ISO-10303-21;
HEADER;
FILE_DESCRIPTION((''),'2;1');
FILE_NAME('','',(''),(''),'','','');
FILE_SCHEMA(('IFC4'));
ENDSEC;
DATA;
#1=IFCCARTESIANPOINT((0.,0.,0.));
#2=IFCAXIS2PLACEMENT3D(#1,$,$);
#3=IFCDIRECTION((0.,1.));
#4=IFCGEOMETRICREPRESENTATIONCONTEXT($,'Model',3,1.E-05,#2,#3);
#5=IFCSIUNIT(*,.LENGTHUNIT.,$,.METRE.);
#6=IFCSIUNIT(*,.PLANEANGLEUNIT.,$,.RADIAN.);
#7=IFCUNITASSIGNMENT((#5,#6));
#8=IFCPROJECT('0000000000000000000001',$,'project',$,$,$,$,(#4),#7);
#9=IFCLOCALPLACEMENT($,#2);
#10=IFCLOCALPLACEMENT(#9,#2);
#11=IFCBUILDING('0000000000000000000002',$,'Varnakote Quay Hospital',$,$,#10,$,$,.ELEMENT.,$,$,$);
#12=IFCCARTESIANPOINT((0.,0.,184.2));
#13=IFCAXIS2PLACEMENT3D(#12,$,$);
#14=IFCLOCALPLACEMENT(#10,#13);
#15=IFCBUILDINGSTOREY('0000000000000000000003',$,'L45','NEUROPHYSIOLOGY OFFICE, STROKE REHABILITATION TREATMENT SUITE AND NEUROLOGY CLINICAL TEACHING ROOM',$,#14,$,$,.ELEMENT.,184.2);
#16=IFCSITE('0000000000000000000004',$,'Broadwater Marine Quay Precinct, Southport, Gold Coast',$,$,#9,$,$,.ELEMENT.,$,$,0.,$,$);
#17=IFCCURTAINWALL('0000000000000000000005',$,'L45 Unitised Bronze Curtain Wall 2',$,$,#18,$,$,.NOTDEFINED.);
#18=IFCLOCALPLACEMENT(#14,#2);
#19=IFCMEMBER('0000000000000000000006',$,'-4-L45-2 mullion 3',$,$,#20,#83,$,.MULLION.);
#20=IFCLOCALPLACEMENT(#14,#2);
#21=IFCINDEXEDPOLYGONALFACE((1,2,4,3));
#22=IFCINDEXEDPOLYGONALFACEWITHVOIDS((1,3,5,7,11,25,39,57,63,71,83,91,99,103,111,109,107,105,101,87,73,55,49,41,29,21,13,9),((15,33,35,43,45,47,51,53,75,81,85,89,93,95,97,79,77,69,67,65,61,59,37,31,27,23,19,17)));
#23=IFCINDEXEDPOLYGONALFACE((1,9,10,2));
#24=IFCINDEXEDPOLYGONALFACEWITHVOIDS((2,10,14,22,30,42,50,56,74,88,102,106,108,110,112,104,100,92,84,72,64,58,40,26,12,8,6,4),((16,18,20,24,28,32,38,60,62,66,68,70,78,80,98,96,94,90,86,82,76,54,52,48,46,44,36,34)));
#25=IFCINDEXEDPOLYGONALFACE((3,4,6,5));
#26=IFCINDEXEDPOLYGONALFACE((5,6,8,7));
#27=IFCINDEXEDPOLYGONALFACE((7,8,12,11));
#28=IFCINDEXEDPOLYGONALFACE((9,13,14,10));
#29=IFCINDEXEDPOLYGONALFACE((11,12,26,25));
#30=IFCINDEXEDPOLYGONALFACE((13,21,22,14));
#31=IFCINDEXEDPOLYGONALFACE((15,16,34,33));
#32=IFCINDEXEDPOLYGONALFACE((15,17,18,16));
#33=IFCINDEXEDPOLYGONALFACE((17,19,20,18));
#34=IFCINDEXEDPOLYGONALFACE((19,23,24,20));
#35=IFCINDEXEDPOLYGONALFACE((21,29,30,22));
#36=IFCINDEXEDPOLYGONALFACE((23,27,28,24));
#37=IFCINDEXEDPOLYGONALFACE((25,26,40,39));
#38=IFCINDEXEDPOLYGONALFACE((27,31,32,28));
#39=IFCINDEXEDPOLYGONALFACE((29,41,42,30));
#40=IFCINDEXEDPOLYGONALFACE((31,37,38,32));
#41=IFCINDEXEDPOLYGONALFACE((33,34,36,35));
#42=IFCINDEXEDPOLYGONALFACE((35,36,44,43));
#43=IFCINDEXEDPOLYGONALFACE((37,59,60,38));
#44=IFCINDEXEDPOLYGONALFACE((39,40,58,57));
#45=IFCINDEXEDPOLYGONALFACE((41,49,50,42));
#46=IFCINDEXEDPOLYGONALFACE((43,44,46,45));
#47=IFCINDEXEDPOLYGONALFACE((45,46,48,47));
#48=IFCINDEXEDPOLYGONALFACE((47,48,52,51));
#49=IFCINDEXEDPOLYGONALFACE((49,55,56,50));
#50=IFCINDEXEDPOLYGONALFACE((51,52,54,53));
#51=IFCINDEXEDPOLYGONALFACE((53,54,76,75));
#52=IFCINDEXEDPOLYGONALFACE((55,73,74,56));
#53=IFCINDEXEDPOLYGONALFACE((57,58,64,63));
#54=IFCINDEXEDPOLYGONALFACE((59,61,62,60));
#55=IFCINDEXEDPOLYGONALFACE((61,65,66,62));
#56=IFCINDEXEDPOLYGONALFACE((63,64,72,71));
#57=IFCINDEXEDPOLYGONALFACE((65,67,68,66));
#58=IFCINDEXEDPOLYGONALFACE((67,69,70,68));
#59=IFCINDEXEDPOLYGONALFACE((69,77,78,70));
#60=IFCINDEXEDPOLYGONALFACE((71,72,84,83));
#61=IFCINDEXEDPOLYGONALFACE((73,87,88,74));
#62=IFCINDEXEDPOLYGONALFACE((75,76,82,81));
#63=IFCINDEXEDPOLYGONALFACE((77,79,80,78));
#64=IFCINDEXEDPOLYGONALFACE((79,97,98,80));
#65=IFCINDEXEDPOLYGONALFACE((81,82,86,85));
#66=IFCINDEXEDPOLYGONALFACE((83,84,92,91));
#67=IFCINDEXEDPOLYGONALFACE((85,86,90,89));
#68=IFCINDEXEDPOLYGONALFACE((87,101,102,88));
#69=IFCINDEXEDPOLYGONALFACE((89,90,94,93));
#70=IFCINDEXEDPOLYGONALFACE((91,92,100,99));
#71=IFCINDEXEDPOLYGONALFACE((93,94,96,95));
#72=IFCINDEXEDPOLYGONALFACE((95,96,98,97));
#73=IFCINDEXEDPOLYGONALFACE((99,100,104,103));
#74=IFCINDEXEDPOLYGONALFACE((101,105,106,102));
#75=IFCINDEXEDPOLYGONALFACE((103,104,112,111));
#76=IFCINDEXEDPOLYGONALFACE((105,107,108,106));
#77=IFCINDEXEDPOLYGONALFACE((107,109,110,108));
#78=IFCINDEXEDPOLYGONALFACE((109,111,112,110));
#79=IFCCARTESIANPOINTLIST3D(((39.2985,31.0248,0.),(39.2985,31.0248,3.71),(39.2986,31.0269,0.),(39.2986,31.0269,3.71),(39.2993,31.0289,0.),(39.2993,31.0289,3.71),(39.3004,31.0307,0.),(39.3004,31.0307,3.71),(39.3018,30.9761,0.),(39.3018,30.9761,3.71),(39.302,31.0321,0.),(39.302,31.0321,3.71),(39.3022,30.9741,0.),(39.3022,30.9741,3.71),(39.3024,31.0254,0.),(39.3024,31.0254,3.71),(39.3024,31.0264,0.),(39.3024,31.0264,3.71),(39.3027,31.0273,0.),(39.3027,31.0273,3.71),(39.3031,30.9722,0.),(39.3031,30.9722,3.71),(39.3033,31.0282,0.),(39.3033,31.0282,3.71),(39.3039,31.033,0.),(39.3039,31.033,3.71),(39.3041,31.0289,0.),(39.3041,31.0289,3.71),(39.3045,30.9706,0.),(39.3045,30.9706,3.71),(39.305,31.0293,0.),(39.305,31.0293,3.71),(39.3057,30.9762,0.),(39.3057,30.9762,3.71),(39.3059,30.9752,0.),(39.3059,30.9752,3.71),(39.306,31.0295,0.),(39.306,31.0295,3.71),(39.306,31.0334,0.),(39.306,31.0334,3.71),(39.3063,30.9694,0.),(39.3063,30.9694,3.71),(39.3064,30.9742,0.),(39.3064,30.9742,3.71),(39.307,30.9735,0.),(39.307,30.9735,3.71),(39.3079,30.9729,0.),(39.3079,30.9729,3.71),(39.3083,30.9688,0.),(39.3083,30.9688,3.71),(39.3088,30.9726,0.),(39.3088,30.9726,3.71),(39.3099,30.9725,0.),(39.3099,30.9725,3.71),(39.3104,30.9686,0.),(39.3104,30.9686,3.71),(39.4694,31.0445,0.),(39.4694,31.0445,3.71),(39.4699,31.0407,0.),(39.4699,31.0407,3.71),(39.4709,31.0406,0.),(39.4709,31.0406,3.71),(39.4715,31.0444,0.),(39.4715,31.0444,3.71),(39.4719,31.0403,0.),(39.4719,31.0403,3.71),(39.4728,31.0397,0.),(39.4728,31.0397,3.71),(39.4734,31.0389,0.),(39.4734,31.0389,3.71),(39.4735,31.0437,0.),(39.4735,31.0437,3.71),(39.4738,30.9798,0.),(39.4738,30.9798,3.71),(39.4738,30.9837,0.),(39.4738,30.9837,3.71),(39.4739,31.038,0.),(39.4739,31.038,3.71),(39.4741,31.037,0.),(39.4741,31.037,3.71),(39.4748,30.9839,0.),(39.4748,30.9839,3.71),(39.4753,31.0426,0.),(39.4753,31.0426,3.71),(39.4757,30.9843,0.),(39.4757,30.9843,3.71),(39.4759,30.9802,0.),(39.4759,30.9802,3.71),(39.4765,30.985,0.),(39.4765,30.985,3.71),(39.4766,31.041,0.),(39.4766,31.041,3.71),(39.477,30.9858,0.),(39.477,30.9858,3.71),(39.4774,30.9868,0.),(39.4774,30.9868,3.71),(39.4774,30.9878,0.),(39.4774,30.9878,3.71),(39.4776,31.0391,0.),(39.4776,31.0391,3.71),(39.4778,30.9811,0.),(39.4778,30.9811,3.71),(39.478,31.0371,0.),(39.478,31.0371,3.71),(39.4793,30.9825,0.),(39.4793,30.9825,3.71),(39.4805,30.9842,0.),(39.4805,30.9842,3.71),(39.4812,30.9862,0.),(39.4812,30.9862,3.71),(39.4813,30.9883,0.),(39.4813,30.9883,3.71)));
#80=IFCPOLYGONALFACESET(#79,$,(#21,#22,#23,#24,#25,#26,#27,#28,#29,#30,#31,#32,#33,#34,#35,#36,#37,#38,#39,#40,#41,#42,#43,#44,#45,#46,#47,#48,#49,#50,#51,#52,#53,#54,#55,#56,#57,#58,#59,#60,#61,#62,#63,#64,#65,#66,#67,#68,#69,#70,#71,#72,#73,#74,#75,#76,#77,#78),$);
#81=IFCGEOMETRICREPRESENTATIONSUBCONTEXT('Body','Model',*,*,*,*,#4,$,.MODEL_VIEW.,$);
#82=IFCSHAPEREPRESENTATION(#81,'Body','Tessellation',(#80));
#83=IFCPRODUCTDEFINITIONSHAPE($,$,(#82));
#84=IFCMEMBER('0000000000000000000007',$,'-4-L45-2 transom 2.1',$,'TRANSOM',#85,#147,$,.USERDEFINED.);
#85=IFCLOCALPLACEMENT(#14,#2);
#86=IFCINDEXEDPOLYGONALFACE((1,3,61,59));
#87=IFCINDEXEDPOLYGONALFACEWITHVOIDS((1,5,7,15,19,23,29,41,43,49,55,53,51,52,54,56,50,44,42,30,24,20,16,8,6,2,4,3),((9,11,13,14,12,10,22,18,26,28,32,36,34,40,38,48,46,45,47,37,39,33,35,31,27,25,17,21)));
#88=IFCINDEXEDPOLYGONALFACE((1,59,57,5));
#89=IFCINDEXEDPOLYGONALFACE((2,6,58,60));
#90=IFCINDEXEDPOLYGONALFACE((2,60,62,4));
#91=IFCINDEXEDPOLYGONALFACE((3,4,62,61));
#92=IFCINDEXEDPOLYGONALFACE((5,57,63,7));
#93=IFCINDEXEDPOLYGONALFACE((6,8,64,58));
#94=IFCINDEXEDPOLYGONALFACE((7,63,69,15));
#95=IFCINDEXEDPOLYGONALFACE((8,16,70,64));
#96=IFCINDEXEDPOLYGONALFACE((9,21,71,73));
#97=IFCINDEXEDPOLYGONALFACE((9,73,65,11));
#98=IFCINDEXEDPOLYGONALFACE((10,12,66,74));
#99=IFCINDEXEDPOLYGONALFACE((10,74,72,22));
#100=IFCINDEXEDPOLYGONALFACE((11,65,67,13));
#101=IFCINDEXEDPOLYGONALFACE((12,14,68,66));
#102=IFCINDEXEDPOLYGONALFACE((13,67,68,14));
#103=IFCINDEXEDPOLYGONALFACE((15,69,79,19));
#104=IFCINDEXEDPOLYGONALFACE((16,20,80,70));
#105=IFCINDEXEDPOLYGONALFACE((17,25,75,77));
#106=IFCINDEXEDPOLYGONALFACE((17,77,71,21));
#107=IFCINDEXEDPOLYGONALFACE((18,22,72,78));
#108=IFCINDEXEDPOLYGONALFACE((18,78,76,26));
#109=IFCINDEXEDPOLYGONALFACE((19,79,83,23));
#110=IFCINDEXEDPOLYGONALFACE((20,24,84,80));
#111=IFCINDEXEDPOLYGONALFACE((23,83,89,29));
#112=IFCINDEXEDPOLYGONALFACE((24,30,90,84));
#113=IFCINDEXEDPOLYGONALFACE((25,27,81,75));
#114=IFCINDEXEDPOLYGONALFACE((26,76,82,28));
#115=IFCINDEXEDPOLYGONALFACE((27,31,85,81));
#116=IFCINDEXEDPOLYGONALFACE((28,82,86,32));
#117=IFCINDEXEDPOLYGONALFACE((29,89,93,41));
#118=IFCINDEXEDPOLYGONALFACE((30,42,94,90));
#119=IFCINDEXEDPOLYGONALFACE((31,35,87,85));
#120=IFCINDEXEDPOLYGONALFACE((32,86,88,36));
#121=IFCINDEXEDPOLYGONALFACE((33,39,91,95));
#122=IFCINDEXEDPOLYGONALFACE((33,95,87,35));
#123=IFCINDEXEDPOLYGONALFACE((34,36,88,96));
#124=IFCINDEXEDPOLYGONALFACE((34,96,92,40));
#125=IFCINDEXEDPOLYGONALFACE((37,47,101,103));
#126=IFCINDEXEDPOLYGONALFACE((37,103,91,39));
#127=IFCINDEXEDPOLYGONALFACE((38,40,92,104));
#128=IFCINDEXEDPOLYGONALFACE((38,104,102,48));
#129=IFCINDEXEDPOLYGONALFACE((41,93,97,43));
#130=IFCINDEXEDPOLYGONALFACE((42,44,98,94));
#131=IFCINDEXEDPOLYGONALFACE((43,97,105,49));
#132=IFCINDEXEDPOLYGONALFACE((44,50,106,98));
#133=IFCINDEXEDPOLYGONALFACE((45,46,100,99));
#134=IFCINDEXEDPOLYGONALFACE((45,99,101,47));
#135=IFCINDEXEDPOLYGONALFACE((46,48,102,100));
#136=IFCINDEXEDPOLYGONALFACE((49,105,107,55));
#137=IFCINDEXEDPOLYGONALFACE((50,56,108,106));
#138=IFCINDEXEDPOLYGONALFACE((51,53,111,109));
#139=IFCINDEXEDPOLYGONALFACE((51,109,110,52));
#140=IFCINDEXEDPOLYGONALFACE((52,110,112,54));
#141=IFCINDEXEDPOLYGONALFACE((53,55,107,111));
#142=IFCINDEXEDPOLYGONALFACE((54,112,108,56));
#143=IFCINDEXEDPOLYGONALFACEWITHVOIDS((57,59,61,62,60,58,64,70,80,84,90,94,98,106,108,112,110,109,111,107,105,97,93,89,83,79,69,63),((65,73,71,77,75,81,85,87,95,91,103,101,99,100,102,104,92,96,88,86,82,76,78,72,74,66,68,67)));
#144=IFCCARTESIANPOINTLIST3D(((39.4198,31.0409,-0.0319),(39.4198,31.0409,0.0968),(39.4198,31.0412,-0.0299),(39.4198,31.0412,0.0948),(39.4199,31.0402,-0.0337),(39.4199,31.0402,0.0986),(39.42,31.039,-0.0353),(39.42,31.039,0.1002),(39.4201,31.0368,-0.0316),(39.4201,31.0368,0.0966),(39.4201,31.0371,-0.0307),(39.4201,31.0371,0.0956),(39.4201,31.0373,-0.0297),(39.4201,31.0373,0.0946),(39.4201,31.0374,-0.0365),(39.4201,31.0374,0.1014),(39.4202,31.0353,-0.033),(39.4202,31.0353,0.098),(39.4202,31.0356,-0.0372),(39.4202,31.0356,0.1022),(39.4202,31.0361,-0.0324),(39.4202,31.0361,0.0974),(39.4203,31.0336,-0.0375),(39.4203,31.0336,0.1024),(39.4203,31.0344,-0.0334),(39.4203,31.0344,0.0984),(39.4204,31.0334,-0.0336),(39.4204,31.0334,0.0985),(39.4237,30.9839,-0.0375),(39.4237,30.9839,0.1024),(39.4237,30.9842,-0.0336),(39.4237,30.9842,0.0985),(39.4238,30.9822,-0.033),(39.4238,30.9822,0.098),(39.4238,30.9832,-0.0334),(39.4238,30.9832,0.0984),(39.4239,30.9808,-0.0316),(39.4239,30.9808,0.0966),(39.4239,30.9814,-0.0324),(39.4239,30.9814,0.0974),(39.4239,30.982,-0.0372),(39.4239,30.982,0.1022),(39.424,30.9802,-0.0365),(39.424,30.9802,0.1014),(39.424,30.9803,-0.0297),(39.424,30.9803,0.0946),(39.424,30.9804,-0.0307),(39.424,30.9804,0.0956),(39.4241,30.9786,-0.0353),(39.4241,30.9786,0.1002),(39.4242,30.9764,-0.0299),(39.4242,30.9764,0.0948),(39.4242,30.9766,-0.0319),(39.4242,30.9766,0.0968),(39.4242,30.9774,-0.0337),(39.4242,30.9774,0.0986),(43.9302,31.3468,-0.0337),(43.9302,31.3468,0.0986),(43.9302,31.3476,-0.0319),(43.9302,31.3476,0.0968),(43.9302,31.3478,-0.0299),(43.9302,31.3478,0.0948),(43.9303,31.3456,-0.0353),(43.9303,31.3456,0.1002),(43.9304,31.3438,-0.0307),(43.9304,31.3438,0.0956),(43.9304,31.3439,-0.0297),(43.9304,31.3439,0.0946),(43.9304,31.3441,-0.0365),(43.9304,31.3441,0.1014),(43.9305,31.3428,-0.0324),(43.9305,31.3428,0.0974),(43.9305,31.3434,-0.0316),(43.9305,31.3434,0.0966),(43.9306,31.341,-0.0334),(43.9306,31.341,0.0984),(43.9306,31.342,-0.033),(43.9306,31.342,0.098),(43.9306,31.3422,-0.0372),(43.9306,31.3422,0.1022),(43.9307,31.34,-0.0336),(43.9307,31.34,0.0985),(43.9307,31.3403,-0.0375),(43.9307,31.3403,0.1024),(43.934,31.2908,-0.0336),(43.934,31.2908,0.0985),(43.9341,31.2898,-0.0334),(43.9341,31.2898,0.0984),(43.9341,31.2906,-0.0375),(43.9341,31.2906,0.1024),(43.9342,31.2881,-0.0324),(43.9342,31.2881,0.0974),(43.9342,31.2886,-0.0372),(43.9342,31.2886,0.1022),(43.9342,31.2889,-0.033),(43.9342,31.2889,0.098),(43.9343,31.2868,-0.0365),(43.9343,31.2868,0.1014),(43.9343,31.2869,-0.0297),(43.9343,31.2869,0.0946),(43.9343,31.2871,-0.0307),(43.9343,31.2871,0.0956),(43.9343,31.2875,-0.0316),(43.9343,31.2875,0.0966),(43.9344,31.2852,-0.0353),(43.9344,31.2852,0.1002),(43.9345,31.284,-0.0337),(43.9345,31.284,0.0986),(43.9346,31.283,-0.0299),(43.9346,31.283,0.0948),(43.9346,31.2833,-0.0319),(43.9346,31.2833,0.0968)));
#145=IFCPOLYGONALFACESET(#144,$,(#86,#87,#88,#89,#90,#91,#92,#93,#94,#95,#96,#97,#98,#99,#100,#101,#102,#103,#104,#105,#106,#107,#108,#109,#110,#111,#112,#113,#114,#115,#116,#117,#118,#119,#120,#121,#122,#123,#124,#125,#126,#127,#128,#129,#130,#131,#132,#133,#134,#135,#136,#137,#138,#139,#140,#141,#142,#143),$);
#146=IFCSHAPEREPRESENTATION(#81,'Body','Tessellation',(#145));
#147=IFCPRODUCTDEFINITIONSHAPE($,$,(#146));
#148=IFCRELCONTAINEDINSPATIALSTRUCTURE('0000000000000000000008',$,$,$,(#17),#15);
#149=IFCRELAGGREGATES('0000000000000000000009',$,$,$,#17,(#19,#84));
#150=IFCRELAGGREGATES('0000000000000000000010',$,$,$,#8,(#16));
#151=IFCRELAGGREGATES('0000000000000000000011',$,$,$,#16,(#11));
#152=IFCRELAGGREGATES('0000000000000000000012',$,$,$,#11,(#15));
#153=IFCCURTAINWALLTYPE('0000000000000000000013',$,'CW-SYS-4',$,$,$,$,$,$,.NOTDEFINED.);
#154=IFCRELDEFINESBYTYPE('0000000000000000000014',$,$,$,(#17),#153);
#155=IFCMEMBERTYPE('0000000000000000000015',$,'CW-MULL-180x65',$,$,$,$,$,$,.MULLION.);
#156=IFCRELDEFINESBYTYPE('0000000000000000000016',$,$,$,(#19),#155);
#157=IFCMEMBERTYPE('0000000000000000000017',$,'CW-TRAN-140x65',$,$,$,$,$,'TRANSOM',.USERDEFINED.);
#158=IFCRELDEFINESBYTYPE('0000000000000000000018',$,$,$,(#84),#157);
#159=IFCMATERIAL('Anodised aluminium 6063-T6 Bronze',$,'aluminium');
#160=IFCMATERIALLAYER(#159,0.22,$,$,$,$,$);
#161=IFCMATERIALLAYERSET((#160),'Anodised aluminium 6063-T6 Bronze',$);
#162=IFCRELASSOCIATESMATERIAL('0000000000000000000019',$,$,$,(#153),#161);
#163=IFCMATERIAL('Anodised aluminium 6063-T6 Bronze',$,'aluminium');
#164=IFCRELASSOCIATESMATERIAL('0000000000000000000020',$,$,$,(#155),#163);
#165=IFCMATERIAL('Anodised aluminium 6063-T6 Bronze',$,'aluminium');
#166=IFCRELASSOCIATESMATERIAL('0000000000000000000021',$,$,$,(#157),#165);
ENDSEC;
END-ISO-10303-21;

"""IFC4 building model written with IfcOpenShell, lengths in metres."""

from ifc_helpers import new_model, si_unit, direction, frame, origin, origin_2d, place, context, subcontext, project, spatial, hollow_rectangle, extrude, material, layer, layer_set, material_profile, profile_set, type_object, element, aggregate, save


model = new_model("IFC4")

# Units and contexts
model_context = context("Model", 3, precision=1e-05, world=origin(), true_north=direction((0.0, 1.0)))
body_context = subcontext(model_context, "Body", "Model", "MODEL_VIEW")
ifc_project = project(units=[si_unit("LENGTHUNIT", "METRE"), si_unit("PLANEANGLEUNIT", "RADIAN")], contexts=[model_context])

# Site, building, storey
site_placement = place(None, origin())
site = spatial("IfcSite", under=ifc_project, at=site_placement, Name="Broadwater Marine Quay Precinct, Southport, Gold Coast", CompositionType="ELEMENT", RefElevation=0.0)
building_placement = place(site_placement, origin())
building = spatial("IfcBuilding", under=site, at=building_placement, Name="Varnakote Quay Hospital", CompositionType="ELEMENT")
storey_placement = place(building_placement, frame((0.0, 0.0, 184.2)))
storey = spatial("IfcBuildingStorey", under=building, at=storey_placement, Name="L45", Description="NEUROPHYSIOLOGY OFFICE, STROKE REHABILITATION TREATMENT SUITE AND NEUROLOGY CLINICAL TEACHING ROOM", CompositionType="ELEMENT", Elevation=184.2)

# Curtain wall, members
ifc_material_1 = material(Name="Anodised aluminium 6063-T6 Bronze", Category="aluminium")
ifc_layer_1 = layer(ifc_material_1, 0.22)
ifc_layer_set_1 = layer_set([ifc_layer_1], Name="Anodised aluminium 6063-T6 Bronze")
curtain_wall_type = type_object("IfcCurtainWallType", Name="CW-SYS-4", PredefinedType="NOTDEFINED", material=ifc_layer_set_1)
curtain_wall_placement = place(storey_placement, origin())
curtain_wall = element("IfcCurtainWall", 1, at=curtain_wall_placement, inside=storey, type_object=curtain_wall_type, Name="L45 Unitised Bronze Curtain Wall 2", PredefinedType="NOTDEFINED")
ifc_material_2 = material(Name="Anodised aluminium 6063-T6 Bronze", Category="aluminium")
ifc_material_profile_1 = material_profile(ifc_material_2, hollow_rectangle(XDim=0.0649, YDim=0.1799, WallThickness=0.0039, InnerFilletRadius=0.0039, OuterFilletRadius=0.0081, at=origin_2d()), Name="CW-MULL-180x65")
ifc_profile_set_1 = profile_set([ifc_material_profile_1], Name="Anodised aluminium 6063-T6 Bronze")
member_type_1 = type_object("IfcMemberType", Name="CW-MULL-180x65", PredefinedType="MULLION", material=ifc_profile_set_1)
member_1_placement = place(storey_placement, frame((39.3899, 31.0066, 0.0), z_axis=(0.0, 0.0, 1.0), x_axis=(0.067842, -0.997696, 0.0)))
member_1 = element("IfcMember", 2, at=member_1_placement, type_object=member_type_1, Name="-4-L45-2 mullion 3", PredefinedType="MULLION", context=body_context, shape_type="SweptSolid", body=[
    extrude(hollow_rectangle(XDim=0.0649, YDim=0.1799, WallThickness=0.0039, InnerFilletRadius=0.0039, OuterFilletRadius=0.0081, at=origin_2d()), origin(), (0.0, 0.0, 1.0), 3.71),
])
ifc_material_3 = material(Name="Anodised aluminium 6063-T6 Bronze", Category="aluminium")
ifc_material_profile_2 = material_profile(ifc_material_3, hollow_rectangle(XDim=0.0649, YDim=0.1399, WallThickness=0.0039, InnerFilletRadius=0.0039, OuterFilletRadius=0.0076, at=origin_2d()), Name="CW-TRAN-140x65")
ifc_profile_set_2 = profile_set([ifc_material_profile_2], Name="Anodised aluminium 6063-T6 Bronze")
member_type_2 = type_object("IfcMemberType", Name="CW-TRAN-140x65", ElementType="TRANSOM", PredefinedType="USERDEFINED", material=ifc_profile_set_2)
member_2_placement = place(storey_placement, frame((43.9324, 31.3154, 0.0325), z_axis=(-0.997697, -0.067831, 0.0), x_axis=(0.067831, -0.997697, 0.0)))
member_2 = element("IfcMember", 3, at=member_2_placement, type_object=member_type_2, Name="-4-L45-2 transom 2.1", ObjectType="TRANSOM", PredefinedType="USERDEFINED", context=body_context, shape_type="SweptSolid", body=[
    extrude(hollow_rectangle(XDim=0.0649, YDim=0.1399, WallThickness=0.0039, InnerFilletRadius=0.0039, OuterFilletRadius=0.0076, at=origin_2d()), origin(), (0.0, 0.0, 1.0), 4.5208),
])
aggregate(curtain_wall, [member_1, member_2])

save(model, "model.ifc")
